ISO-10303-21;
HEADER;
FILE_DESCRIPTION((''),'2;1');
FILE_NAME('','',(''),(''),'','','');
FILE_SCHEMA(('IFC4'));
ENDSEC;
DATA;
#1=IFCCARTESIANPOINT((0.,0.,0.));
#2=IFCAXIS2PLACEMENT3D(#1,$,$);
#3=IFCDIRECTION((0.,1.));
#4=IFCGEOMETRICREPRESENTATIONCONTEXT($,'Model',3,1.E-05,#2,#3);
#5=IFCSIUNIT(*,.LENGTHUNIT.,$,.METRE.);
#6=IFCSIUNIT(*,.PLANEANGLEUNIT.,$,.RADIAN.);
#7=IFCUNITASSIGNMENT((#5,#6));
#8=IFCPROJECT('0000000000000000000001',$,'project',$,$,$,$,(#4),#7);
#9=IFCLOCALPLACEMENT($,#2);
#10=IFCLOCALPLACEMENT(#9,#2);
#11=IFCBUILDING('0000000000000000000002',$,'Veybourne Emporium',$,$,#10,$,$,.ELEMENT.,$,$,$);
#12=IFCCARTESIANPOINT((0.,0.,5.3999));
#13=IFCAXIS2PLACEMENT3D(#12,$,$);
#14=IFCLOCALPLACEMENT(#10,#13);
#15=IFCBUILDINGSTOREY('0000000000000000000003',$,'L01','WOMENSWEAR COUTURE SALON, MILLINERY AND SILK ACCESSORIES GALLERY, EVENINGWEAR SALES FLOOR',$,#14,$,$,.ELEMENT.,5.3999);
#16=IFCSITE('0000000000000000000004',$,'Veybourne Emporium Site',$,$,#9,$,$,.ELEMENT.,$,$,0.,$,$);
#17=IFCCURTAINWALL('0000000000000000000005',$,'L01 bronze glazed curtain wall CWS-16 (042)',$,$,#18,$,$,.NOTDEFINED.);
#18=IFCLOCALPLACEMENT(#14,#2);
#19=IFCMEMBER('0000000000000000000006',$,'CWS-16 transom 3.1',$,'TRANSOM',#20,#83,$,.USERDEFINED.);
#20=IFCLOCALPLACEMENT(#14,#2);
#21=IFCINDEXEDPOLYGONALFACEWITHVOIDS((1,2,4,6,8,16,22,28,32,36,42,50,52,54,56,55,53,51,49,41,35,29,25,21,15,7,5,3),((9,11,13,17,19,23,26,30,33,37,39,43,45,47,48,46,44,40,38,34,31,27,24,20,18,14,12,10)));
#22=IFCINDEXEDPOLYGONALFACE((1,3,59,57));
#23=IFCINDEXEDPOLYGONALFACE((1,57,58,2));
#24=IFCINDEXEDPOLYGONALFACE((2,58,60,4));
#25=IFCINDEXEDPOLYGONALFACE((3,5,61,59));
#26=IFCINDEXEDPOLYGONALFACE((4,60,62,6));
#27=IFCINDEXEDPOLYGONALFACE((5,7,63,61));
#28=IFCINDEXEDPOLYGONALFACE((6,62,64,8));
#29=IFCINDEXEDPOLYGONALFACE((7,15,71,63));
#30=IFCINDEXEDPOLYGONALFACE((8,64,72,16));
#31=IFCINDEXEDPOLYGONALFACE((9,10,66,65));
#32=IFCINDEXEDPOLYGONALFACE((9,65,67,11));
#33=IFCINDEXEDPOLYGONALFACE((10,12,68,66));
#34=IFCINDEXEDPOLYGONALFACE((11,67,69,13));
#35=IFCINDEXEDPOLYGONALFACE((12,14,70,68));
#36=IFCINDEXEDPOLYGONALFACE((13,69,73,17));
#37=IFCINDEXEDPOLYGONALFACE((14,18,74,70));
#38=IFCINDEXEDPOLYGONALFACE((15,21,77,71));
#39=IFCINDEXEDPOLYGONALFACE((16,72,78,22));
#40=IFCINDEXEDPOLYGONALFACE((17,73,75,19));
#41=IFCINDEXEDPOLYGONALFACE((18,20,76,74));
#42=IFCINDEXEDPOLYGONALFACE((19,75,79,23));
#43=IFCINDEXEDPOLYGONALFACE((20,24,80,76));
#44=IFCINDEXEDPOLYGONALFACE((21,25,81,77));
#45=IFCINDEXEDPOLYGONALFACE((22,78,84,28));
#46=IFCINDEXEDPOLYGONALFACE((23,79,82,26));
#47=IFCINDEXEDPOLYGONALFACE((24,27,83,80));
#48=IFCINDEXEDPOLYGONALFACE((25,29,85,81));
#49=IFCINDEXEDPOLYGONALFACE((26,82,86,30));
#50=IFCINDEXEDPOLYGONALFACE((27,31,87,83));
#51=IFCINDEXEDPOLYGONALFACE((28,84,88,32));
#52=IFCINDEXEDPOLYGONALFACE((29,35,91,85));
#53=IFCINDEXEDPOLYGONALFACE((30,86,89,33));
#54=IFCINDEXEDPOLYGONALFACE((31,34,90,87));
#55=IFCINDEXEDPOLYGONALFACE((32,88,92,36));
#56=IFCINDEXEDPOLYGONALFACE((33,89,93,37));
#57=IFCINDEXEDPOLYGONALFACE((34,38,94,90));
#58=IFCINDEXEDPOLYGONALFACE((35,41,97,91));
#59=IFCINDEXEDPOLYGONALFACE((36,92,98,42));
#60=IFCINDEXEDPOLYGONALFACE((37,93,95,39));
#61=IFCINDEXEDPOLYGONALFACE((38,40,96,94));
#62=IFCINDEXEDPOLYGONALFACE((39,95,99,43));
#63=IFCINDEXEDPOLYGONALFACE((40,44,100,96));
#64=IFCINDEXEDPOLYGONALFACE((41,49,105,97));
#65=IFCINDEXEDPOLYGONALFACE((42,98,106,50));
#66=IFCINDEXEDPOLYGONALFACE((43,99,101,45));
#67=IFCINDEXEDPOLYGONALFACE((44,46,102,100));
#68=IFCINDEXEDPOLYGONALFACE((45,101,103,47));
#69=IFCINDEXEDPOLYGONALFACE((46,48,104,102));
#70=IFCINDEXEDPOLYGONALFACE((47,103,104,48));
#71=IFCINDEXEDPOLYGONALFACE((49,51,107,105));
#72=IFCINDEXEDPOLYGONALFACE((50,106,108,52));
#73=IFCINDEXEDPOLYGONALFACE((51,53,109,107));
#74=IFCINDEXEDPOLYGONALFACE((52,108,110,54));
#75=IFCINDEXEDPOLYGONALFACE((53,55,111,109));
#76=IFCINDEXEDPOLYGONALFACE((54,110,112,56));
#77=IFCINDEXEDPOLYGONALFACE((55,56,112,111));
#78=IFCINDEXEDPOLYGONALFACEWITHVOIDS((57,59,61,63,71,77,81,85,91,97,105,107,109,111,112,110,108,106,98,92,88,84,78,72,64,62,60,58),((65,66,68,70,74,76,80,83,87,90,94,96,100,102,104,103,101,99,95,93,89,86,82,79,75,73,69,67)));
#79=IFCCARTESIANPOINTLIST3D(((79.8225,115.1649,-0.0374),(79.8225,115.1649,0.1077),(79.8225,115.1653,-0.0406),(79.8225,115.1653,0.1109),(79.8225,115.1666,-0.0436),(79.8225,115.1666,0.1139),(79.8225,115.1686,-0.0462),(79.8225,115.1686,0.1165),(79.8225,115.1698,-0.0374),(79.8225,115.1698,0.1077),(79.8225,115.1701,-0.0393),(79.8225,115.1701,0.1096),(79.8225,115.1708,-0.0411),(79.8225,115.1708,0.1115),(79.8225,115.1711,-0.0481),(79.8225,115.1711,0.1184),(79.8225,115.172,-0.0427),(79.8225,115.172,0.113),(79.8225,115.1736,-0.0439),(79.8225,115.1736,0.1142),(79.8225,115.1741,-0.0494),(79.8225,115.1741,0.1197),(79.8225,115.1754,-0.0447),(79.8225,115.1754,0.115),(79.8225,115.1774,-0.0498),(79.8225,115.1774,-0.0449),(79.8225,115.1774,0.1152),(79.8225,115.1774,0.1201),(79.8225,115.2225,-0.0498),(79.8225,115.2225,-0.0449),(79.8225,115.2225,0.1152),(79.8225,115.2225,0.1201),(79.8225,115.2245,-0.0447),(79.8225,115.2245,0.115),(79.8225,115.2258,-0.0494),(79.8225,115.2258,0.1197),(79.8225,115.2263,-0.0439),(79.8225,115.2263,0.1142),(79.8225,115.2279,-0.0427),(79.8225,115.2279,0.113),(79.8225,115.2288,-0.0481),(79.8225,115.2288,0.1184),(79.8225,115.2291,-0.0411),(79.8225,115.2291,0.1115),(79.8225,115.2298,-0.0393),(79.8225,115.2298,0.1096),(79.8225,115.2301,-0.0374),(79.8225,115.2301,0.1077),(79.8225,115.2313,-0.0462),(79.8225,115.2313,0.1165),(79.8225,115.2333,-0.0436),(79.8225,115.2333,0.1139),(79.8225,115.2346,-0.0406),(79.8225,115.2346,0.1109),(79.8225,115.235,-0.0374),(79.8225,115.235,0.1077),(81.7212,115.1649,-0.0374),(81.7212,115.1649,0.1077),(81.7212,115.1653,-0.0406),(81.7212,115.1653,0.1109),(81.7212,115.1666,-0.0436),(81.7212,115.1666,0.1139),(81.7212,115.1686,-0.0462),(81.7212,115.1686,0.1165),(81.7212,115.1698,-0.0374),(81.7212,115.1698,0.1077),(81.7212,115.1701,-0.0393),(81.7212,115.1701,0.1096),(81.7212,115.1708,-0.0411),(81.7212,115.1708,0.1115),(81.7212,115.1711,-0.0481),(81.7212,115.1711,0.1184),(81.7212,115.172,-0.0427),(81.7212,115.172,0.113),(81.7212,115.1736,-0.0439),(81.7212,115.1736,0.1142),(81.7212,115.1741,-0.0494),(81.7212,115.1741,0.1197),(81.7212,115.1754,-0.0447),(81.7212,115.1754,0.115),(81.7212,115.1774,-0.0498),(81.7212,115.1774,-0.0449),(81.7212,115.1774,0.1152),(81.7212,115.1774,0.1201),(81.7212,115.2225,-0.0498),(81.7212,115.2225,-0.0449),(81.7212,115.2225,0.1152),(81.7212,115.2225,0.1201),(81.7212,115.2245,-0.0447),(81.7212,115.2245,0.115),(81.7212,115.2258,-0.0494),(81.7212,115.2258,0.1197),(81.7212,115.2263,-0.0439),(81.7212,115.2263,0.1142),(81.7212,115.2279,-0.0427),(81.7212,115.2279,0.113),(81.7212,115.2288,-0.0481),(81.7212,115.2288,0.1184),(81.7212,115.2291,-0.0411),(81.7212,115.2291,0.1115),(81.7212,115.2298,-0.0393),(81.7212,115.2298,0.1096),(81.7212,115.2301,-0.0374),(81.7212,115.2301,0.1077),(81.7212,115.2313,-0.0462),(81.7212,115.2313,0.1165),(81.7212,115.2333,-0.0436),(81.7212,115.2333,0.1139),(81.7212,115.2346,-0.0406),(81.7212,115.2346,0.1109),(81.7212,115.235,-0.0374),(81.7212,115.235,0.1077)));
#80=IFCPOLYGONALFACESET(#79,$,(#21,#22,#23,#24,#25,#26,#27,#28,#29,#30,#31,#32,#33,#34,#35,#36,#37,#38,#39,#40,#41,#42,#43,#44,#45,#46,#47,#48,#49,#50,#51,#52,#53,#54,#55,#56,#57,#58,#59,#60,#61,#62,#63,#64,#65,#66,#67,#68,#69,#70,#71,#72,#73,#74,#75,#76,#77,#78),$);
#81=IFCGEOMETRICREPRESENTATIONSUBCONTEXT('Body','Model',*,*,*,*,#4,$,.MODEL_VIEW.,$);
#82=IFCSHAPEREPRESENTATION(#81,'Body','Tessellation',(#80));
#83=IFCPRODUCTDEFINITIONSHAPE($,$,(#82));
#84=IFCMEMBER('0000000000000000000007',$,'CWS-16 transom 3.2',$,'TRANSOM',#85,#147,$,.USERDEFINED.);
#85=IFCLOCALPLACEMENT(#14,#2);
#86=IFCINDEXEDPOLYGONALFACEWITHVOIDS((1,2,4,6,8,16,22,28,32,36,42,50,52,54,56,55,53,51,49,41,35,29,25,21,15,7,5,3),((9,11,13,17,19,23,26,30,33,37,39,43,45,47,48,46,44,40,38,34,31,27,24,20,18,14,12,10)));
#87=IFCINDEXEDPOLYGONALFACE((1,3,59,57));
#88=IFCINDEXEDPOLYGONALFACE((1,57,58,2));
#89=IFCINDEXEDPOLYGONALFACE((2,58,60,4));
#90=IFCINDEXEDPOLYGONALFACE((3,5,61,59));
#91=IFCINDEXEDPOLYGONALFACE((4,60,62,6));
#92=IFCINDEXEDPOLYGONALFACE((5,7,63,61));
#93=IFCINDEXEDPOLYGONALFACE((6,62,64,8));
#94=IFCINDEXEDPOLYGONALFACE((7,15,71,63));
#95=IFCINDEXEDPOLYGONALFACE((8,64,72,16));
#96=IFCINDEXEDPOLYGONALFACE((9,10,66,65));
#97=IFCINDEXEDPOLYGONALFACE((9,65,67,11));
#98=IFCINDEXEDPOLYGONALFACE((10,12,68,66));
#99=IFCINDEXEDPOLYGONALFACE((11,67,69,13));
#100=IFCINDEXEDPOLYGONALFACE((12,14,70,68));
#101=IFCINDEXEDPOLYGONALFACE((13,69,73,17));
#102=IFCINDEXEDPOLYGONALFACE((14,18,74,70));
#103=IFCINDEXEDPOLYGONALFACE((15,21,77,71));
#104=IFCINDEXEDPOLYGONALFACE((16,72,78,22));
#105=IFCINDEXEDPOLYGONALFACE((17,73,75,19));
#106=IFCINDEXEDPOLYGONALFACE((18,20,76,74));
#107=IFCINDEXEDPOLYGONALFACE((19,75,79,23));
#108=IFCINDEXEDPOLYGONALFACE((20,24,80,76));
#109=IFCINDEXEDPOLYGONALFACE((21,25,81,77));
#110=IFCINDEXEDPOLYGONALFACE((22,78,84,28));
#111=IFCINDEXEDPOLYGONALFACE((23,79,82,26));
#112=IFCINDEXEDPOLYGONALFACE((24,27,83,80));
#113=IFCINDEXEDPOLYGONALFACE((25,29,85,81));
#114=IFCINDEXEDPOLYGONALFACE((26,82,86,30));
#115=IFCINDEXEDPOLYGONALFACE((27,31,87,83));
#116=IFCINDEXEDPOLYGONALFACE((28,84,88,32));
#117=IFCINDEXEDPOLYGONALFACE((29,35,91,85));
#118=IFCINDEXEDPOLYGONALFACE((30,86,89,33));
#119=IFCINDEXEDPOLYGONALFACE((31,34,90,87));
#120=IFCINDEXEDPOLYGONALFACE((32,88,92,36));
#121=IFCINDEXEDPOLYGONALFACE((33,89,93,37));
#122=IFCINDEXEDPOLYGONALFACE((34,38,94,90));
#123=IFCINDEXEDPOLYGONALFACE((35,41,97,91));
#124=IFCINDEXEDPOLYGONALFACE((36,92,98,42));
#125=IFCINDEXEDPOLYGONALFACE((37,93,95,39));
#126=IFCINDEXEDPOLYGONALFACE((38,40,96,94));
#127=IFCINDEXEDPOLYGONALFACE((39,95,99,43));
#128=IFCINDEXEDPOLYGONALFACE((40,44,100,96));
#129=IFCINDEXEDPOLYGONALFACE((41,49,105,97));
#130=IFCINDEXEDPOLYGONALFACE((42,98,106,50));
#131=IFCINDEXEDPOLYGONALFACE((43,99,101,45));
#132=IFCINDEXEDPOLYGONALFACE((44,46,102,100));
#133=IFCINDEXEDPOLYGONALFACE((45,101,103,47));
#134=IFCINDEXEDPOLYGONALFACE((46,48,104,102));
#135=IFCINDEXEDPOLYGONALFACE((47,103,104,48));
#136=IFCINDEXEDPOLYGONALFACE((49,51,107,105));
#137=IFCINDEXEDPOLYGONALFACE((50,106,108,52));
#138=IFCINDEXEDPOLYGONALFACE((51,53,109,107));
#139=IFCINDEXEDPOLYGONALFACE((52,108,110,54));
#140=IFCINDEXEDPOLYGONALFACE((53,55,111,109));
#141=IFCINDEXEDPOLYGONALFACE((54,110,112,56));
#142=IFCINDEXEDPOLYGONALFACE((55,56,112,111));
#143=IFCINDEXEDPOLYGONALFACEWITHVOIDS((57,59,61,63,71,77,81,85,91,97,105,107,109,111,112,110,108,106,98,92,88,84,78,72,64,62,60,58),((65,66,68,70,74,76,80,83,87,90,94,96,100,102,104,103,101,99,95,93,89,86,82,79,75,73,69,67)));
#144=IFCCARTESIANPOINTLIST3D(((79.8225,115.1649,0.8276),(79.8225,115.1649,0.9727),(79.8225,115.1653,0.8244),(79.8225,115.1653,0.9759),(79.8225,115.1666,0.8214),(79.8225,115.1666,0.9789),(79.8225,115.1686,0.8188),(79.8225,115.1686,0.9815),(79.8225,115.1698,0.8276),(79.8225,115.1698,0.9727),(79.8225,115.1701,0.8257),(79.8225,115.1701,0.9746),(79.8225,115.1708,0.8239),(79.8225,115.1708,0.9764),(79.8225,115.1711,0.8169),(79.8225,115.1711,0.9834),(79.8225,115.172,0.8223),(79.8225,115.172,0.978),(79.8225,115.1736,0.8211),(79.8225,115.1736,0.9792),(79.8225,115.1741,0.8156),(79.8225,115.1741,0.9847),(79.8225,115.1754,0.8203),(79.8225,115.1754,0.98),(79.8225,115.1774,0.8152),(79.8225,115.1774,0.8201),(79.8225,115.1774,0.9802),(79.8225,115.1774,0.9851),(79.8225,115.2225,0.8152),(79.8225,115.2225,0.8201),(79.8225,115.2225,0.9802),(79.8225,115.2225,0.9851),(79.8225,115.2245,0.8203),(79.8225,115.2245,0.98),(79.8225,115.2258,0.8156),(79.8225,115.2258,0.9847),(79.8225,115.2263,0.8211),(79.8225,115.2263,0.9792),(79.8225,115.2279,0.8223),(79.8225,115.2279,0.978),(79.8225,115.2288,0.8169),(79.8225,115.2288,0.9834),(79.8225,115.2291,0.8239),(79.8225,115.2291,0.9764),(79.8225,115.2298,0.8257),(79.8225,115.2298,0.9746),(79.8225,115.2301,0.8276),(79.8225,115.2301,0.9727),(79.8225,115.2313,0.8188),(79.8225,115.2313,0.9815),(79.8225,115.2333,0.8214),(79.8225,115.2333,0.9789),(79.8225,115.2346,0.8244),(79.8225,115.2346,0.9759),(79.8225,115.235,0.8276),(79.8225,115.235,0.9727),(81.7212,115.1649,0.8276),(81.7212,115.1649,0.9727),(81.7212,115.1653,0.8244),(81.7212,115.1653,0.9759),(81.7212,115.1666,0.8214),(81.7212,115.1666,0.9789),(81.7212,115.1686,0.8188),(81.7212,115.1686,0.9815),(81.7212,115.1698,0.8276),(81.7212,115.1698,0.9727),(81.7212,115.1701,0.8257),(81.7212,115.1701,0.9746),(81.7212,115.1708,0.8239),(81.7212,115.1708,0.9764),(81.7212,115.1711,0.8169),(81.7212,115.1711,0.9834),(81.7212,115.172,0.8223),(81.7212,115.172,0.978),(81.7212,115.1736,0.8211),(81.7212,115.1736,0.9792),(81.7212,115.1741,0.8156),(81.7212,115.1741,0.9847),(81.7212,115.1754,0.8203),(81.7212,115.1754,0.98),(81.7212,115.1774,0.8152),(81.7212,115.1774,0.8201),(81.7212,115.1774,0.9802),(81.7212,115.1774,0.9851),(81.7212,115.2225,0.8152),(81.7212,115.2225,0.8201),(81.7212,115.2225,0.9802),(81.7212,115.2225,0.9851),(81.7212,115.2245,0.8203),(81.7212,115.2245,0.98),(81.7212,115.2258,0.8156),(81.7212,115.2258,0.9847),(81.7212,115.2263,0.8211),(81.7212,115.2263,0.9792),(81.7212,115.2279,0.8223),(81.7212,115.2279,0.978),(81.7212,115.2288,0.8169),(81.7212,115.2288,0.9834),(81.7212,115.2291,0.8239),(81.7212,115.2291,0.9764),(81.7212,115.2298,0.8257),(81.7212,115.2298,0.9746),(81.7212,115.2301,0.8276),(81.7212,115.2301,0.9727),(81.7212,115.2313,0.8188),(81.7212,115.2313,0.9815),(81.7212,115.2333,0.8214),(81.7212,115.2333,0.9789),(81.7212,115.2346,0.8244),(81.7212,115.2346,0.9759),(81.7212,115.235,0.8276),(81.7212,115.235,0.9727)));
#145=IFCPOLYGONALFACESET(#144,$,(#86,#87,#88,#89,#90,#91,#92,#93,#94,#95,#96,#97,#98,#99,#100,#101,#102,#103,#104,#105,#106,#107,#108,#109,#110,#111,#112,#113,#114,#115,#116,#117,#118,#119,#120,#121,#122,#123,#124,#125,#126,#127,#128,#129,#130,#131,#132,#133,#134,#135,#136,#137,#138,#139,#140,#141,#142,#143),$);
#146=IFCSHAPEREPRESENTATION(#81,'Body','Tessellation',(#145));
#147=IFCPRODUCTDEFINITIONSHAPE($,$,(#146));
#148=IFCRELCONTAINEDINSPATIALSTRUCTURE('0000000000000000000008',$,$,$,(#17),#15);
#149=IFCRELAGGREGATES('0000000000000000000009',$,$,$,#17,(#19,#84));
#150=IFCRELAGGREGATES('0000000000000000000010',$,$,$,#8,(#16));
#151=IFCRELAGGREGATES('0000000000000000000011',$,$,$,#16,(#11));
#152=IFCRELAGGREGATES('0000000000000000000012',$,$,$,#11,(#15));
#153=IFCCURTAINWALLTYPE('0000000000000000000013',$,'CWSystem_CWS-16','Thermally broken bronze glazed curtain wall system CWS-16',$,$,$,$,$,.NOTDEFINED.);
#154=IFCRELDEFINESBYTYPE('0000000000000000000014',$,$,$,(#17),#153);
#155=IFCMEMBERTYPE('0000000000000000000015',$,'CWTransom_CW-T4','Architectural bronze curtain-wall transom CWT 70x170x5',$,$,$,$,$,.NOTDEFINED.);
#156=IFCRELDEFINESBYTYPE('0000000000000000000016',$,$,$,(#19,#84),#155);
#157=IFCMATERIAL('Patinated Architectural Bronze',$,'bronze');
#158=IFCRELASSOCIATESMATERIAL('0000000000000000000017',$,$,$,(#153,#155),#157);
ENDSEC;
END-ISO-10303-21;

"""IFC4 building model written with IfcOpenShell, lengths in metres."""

from ifc_helpers import new_model, si_unit, direction, frame, origin, origin_2d, place, context, subcontext, project, spatial, hollow_rectangle, extrude, material, material_profile, profile_set, type_object, element, aggregate, save


model = new_model("IFC4")

# Units and contexts
model_context = context("Model", 3, precision=1e-05, world=origin(), true_north=direction((0.0, 1.0)))
body_context = subcontext(model_context, "Body", "Model", "MODEL_VIEW")
ifc_project = project(units=[si_unit("LENGTHUNIT", "METRE"), si_unit("PLANEANGLEUNIT", "RADIAN")], contexts=[model_context])

# Site, building, storey
site_placement = place(None, origin())
site = spatial("IfcSite", under=ifc_project, at=site_placement, Name="Veybourne Emporium Site", CompositionType="ELEMENT", RefElevation=0.0)
building_placement = place(site_placement, origin())
building = spatial("IfcBuilding", under=site, at=building_placement, Name="Veybourne Emporium", CompositionType="ELEMENT")
storey_placement = place(building_placement, frame((0.0, 0.0, 5.3999)))
storey = spatial("IfcBuildingStorey", under=building, at=storey_placement, Name="L01", Description="WOMENSWEAR COUTURE SALON, MILLINERY AND SILK ACCESSORIES GALLERY, EVENINGWEAR SALES FLOOR", CompositionType="ELEMENT", Elevation=5.3999)

# Curtain wall, members
ifc_material_1 = material(Name="Patinated Architectural Bronze", Category="bronze")
curtain_wall_type = type_object("IfcCurtainWallType", Name="CWSystem_CWS-16", Description="Thermally broken bronze glazed curtain wall system CWS-16", PredefinedType="NOTDEFINED", material=ifc_material_1)
curtain_wall_placement = place(storey_placement, origin())
curtain_wall = element("IfcCurtainWall", 1, at=curtain_wall_placement, inside=storey, type_object=curtain_wall_type, Name="L01 bronze glazed curtain wall CWS-16 (042)", PredefinedType="NOTDEFINED")
ifc_material_profile_1 = material_profile(ifc_material_1, hollow_rectangle(XDim=0.0701, YDim=0.1699, WallThickness=0.0049, InnerFilletRadius=0.0076, OuterFilletRadius=0.0125, at=origin_2d()), Name="CWT 70x170x5")
ifc_profile_set_1 = profile_set([ifc_material_profile_1], Name="Patinated Architectural Bronze")
member_type_1 = type_object("IfcMemberType", Name="CWTransom_CW-T4", Description="Architectural bronze curtain-wall transom CWT 70x170x5", PredefinedType="NOTDEFINED", material=ifc_profile_set_1)
member_1_placement = place(storey_placement, frame((79.8225, 115.2, 0.0352), z_axis=(1.0, 0.0, 0.0), x_axis=(0.0, 1.0, 0.0)))
member_1 = element("IfcMember", 2, at=member_1_placement, type_object=member_type_1, Name="CWS-16 transom 3.1", ObjectType="TRANSOM", PredefinedType="USERDEFINED", context=body_context, shape_type="SweptSolid", body=[
    extrude(hollow_rectangle(XDim=0.0701, YDim=0.1699, WallThickness=0.0049, InnerFilletRadius=0.0076, OuterFilletRadius=0.0125, at=origin_2d()), origin(), (0.0, 0.0, 1.0), 1.8987),
])
member_2_placement = place(storey_placement, frame((79.8225, 115.2, 0.9001), z_axis=(1.0, 0.0, 0.0), x_axis=(0.0, 1.0, 0.0)))
member_2 = element("IfcMember", 3, at=member_2_placement, type_object=member_type_1, Name="CWS-16 transom 3.2", ObjectType="TRANSOM", PredefinedType="USERDEFINED", context=body_context, shape_type="SweptSolid", body=[
    extrude(hollow_rectangle(XDim=0.0701, YDim=0.1699, WallThickness=0.0049, InnerFilletRadius=0.0076, OuterFilletRadius=0.0125, at=origin_2d()), origin(), (0.0, 0.0, 1.0), 1.8987),
])
aggregate(curtain_wall, [member_1, member_2])

save(model, "model.ifc")
